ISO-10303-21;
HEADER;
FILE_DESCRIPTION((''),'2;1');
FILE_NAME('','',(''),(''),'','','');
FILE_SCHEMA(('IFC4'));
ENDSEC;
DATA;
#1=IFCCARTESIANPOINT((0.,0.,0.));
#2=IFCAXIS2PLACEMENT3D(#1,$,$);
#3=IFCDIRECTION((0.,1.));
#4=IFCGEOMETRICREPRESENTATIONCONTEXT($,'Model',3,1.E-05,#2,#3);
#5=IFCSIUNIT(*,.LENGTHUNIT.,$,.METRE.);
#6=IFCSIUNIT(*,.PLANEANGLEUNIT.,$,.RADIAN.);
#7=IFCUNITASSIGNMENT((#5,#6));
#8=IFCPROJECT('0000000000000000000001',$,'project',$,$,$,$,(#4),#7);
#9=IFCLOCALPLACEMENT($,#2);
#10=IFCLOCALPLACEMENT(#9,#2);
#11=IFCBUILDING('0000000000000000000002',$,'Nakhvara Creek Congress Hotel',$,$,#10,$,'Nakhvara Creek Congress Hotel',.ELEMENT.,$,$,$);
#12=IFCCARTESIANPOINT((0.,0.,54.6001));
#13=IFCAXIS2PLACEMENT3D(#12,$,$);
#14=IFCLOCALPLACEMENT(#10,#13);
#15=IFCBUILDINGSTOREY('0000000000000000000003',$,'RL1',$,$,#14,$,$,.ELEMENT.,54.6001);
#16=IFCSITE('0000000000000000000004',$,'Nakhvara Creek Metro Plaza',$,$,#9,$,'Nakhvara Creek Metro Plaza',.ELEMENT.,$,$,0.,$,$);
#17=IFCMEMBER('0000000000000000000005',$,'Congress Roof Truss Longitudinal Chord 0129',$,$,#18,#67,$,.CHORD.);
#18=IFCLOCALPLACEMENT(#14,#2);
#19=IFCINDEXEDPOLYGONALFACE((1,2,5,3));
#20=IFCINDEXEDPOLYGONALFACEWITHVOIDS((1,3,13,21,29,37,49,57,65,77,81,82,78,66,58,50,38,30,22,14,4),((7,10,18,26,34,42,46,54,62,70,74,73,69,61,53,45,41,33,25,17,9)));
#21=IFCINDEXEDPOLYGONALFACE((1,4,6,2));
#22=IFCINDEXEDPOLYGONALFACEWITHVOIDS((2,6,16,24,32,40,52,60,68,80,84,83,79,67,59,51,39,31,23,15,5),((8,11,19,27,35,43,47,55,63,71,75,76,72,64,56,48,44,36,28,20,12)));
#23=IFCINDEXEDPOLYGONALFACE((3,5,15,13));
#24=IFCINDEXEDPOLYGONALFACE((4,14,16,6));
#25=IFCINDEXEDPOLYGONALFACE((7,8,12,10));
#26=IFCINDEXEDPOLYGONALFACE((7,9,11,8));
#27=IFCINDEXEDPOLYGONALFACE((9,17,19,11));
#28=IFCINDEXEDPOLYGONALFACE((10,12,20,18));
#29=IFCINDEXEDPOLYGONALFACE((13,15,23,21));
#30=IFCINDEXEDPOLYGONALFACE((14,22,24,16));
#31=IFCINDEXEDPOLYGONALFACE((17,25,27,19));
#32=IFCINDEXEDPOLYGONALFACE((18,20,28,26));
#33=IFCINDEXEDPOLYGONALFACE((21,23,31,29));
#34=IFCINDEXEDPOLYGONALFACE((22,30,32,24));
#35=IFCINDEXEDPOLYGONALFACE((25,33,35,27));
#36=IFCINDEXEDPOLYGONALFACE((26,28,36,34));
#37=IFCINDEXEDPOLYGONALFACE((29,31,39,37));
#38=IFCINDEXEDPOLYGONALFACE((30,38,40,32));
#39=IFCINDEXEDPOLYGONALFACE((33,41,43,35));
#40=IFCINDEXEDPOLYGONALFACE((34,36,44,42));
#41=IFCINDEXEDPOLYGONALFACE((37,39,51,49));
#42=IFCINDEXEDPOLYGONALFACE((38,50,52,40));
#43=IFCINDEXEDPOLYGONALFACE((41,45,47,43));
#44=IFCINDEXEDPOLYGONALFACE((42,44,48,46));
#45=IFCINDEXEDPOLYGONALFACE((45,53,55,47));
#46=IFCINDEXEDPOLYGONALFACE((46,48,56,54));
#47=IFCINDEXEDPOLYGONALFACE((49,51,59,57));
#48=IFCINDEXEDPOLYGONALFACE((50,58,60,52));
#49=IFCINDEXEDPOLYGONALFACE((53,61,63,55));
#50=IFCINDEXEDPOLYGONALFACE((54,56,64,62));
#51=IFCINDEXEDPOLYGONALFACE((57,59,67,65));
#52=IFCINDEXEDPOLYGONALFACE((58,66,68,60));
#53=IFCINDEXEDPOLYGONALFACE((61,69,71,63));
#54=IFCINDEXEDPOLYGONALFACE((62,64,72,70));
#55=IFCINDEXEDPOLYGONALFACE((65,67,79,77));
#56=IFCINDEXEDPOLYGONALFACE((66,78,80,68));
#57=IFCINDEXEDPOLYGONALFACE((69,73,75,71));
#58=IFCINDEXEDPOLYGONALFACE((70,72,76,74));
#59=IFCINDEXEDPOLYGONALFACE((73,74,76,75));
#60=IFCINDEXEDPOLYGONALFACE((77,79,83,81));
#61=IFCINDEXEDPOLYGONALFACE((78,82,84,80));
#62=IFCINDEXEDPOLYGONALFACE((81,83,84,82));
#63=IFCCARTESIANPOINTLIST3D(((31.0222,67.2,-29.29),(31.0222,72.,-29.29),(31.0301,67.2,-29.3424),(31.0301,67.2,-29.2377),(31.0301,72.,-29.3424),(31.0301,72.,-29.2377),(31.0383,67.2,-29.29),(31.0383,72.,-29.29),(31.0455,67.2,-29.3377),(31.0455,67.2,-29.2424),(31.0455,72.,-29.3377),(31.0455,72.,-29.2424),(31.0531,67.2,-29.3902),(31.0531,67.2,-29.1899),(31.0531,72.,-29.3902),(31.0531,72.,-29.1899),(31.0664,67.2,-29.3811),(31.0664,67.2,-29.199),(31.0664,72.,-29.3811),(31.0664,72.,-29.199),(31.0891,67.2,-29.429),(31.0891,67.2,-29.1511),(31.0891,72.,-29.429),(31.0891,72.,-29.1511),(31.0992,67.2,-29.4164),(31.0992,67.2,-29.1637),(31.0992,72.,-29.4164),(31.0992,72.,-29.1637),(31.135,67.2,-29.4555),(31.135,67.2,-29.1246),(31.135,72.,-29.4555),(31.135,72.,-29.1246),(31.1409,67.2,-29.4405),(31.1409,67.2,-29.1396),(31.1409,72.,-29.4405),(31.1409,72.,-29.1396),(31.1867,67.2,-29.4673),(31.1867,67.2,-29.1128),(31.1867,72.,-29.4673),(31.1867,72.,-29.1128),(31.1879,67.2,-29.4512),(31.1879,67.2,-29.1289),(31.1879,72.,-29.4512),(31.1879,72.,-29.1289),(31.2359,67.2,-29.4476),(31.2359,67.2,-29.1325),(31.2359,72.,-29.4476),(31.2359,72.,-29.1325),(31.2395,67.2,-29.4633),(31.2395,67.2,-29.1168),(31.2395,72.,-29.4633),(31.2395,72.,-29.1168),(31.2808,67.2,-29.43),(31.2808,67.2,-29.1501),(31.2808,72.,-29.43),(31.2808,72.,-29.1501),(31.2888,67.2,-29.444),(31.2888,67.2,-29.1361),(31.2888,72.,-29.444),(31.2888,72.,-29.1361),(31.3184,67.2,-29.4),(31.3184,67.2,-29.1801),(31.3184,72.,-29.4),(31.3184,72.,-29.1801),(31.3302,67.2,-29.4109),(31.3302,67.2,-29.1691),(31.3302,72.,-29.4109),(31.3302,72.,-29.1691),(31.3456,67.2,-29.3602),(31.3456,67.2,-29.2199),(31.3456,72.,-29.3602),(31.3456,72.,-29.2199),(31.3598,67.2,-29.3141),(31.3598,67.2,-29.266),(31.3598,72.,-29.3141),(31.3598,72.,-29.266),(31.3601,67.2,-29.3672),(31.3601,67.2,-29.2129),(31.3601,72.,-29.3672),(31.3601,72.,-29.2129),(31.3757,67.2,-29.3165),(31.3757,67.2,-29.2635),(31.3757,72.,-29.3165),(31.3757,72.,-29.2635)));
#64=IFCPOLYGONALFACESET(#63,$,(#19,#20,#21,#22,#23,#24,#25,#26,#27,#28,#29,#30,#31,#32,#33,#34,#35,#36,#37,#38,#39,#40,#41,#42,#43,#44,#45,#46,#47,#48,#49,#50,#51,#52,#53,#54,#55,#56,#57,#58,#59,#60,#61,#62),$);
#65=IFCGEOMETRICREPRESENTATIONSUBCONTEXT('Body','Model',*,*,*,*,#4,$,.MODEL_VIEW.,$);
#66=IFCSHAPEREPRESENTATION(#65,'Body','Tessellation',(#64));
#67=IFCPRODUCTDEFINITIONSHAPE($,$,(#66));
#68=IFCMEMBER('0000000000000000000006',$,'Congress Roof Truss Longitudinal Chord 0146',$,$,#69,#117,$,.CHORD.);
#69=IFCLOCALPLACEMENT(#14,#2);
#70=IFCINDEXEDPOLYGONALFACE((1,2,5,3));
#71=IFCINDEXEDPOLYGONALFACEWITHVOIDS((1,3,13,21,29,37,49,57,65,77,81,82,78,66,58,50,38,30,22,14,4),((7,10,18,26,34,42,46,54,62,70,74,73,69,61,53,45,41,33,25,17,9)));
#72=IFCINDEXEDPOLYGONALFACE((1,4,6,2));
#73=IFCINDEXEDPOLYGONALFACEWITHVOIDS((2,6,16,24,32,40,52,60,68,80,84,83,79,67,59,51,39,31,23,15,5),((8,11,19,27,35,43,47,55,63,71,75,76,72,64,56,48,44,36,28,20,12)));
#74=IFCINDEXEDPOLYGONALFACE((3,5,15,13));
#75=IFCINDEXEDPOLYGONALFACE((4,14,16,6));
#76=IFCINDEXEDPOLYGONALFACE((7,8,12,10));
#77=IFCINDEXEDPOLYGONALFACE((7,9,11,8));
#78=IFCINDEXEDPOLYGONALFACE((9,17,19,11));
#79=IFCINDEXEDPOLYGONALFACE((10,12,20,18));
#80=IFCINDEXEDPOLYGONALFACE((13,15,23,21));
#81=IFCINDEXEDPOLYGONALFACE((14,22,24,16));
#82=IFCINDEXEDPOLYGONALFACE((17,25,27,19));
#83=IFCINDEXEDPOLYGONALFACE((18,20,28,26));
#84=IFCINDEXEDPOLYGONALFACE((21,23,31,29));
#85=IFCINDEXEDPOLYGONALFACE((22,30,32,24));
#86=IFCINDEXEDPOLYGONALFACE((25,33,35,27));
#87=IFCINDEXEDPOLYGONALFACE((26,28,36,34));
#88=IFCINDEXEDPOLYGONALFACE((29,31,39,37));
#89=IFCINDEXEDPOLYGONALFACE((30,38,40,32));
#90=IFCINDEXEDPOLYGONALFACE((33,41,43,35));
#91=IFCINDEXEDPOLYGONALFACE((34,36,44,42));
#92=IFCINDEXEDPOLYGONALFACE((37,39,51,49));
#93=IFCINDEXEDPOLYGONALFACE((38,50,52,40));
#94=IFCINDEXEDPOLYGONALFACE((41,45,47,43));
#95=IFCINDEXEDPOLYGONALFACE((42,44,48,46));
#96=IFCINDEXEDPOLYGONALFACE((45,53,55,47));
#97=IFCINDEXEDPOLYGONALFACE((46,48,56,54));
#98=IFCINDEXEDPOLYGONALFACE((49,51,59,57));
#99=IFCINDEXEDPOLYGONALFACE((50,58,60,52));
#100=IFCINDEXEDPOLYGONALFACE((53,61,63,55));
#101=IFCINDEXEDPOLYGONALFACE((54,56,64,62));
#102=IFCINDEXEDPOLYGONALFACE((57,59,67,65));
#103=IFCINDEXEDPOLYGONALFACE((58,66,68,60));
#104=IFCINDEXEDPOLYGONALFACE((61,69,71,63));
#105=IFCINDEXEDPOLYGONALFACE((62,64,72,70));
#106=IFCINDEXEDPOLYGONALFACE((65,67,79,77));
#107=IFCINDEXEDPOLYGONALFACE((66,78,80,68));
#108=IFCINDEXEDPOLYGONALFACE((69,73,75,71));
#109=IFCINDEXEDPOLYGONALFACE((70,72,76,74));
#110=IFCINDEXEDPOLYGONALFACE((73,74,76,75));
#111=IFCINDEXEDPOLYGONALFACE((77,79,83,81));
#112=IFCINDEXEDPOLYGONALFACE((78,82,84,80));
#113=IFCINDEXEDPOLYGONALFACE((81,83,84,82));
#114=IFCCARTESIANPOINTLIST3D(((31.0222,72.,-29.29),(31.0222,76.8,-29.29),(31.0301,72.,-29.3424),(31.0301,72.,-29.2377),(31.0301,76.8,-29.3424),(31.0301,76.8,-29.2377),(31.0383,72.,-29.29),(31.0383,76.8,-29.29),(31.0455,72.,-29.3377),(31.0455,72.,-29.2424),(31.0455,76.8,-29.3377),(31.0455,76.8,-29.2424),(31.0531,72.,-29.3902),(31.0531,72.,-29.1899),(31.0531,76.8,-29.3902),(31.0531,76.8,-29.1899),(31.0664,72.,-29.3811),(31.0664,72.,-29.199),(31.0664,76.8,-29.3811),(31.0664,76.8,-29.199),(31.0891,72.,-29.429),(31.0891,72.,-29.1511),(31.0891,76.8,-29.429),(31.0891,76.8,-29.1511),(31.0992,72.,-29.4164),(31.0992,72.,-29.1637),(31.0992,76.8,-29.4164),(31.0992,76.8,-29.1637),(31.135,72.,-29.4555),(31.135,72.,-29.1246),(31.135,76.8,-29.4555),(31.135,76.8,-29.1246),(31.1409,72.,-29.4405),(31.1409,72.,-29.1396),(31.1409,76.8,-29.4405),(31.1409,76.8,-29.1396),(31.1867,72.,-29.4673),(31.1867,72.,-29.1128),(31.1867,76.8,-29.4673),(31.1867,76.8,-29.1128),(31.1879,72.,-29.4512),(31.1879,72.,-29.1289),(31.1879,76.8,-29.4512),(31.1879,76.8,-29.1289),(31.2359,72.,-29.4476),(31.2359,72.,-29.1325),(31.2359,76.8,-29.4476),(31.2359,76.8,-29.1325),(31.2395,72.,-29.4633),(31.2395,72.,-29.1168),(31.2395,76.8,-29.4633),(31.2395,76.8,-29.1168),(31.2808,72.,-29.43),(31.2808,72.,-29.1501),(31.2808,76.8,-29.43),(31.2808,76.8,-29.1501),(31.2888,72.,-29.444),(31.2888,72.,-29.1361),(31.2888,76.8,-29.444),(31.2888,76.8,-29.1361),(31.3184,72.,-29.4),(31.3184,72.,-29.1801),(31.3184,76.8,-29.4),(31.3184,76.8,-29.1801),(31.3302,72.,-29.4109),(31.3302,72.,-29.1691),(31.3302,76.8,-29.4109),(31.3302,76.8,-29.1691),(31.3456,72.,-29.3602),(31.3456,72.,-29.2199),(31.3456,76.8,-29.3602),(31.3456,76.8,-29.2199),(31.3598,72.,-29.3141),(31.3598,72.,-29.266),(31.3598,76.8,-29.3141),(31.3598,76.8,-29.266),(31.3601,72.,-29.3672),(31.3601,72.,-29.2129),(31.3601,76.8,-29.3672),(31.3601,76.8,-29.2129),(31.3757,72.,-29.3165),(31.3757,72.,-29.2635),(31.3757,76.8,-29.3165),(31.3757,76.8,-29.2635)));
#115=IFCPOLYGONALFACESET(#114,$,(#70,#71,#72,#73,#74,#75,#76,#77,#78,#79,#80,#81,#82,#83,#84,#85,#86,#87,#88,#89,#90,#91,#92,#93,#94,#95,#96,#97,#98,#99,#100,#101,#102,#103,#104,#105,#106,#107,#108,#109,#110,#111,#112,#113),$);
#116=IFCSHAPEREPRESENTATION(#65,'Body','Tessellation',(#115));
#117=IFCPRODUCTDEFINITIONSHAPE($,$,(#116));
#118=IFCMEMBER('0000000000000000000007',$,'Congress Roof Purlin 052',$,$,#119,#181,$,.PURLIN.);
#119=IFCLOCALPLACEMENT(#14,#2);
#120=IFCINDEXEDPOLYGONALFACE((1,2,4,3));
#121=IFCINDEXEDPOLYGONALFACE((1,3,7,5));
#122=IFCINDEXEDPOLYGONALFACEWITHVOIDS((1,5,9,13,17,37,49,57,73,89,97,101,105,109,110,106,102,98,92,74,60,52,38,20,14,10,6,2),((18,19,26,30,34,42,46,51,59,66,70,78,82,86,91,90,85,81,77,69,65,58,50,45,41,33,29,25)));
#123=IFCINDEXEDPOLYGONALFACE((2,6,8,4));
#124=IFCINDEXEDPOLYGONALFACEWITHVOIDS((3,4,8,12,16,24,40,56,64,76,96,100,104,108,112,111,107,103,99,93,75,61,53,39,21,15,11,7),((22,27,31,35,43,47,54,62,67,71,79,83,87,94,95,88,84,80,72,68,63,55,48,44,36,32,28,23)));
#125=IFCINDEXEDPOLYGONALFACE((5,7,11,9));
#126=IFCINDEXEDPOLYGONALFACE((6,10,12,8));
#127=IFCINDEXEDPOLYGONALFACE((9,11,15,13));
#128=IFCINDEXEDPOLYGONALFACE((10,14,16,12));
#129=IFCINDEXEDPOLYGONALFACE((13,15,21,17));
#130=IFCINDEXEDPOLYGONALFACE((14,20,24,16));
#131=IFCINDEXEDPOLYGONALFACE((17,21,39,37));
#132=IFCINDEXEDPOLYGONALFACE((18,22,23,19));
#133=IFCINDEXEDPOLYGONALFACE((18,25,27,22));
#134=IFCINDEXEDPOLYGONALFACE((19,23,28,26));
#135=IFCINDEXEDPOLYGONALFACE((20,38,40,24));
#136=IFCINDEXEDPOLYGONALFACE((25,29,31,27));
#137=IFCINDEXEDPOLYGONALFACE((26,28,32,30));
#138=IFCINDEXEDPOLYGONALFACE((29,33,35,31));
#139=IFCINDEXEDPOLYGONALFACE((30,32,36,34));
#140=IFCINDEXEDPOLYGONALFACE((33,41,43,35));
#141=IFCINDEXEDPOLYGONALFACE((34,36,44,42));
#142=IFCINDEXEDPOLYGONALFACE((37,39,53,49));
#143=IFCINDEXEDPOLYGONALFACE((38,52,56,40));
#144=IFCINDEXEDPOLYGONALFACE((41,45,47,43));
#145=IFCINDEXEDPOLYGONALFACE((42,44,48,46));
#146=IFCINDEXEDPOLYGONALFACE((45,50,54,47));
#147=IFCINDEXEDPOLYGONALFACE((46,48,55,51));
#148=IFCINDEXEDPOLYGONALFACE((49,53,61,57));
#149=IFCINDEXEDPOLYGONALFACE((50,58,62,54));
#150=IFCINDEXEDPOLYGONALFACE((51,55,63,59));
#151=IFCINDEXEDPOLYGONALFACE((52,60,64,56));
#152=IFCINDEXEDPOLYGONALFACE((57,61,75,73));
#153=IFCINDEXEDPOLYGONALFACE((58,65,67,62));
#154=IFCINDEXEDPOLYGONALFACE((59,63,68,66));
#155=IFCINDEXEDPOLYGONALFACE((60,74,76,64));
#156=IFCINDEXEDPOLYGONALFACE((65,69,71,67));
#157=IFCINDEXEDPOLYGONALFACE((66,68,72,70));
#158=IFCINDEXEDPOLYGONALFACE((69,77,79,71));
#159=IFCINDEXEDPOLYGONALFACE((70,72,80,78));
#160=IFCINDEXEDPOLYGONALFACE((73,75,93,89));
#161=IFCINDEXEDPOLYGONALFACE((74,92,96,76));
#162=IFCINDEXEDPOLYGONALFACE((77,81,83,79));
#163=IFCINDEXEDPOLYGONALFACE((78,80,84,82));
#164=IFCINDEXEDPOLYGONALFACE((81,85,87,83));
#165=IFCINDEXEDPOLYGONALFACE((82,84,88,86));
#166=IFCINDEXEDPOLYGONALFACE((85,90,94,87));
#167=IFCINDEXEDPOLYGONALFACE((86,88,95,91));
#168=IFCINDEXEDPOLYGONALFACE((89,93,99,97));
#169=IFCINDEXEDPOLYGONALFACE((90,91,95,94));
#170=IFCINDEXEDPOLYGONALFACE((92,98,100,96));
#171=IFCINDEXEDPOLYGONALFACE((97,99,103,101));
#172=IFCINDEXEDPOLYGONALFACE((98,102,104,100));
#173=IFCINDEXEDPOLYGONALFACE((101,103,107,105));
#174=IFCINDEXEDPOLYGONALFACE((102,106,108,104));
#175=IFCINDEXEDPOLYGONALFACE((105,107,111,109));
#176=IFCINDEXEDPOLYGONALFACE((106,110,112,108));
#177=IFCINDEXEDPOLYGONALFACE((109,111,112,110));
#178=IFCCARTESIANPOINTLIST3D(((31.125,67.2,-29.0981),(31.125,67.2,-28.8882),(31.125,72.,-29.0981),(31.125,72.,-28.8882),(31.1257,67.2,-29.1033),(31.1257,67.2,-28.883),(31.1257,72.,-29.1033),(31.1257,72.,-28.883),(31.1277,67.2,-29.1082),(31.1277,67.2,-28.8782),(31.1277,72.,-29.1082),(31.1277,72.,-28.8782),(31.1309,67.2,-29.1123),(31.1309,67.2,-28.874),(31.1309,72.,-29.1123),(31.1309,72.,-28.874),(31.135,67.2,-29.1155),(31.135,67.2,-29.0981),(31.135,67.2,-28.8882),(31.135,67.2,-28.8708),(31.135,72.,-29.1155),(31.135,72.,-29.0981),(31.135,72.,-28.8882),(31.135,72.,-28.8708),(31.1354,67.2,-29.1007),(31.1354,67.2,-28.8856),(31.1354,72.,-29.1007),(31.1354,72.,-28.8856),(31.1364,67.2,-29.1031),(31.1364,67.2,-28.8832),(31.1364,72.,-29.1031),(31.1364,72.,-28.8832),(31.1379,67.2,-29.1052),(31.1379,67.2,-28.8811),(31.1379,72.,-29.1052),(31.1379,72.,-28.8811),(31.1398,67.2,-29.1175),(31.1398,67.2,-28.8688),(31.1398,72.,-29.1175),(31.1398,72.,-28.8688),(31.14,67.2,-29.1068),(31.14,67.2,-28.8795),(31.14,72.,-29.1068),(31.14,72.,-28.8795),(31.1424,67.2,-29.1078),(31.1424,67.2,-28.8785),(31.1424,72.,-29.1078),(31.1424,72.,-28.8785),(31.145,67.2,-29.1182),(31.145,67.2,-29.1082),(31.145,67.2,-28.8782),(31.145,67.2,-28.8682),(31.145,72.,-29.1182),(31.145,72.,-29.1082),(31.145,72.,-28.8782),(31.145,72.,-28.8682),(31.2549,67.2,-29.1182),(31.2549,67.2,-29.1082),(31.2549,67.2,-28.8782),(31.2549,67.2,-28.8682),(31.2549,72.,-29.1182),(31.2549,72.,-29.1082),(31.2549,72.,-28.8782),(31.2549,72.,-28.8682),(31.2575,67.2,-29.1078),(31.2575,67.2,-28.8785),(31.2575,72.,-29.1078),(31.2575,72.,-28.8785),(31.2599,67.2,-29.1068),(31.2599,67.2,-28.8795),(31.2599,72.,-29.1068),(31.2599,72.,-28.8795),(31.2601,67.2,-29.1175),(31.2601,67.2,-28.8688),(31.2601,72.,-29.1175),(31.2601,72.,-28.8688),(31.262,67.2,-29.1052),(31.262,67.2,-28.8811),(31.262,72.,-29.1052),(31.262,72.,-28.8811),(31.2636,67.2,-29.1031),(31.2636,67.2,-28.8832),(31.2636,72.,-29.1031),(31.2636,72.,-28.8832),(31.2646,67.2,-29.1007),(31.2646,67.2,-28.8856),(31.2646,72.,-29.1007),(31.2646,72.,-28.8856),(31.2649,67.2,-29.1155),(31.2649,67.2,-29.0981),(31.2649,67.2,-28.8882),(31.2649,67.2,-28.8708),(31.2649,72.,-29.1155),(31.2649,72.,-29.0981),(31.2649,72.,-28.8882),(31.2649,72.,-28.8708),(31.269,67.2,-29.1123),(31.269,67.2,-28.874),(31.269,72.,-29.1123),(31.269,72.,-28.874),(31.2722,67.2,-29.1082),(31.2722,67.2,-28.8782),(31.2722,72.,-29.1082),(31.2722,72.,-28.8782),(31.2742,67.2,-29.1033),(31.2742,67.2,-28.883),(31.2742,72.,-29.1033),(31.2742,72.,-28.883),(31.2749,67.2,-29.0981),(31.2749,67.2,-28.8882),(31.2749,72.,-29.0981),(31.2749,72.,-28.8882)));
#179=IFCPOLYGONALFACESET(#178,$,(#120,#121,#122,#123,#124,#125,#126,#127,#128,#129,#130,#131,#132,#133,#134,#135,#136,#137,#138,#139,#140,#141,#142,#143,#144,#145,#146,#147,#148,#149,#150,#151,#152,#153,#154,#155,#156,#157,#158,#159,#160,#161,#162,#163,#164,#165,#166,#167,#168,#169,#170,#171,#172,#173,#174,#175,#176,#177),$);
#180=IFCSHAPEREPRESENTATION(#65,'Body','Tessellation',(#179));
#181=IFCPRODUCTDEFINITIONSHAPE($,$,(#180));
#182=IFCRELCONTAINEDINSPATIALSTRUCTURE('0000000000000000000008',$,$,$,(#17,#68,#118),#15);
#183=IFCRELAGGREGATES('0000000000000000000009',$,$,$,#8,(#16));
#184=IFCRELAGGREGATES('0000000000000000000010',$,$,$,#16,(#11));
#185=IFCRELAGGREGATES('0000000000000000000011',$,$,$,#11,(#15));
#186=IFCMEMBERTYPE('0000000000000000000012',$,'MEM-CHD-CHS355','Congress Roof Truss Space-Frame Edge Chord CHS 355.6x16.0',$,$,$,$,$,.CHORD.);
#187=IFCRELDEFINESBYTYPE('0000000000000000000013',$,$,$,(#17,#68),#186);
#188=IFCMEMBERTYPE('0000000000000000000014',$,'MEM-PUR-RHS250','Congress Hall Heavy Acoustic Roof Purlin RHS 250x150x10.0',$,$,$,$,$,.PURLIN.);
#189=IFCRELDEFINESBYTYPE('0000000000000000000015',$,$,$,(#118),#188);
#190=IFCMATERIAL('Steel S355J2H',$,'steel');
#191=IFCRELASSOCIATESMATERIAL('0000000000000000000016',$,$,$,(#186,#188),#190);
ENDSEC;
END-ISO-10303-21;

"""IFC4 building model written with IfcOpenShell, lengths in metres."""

from ifc_helpers import new_model, si_unit, direction, frame, origin, origin_2d, place, context, subcontext, project, spatial, hollow_rectangle, hollow_circle, extrude, material, material_profile, profile_set, type_object, element, save


model = new_model("IFC4")

# Units and contexts
model_context = context("Model", 3, precision=1e-05, world=origin(), true_north=direction((0.0, 1.0)))
body_context = subcontext(model_context, "Body", "Model", "MODEL_VIEW")
ifc_project = project(units=[si_unit("LENGTHUNIT", "METRE"), si_unit("PLANEANGLEUNIT", "RADIAN")], contexts=[model_context])

# Site, building, storey
site_placement = place(None, origin())
site = spatial("IfcSite", under=ifc_project, at=site_placement, Name="Nakhvara Creek Metro Plaza", LongName="Nakhvara Creek Metro Plaza", CompositionType="ELEMENT", RefElevation=0.0)
building_placement = place(site_placement, origin())
building = spatial("IfcBuilding", under=site, at=building_placement, Name="Nakhvara Creek Congress Hotel", LongName="Nakhvara Creek Congress Hotel", CompositionType="ELEMENT")
storey_placement = place(building_placement, frame((0.0, 0.0, 54.6001)))
storey = spatial("IfcBuildingStorey", under=building, at=storey_placement, Name="RL1", CompositionType="ELEMENT", Elevation=54.6001)

# Members
ifc_material_1 = material(Name="Steel S355J2H", Category="steel")
ifc_material_profile_1 = material_profile(ifc_material_1, hollow_circle(Radius=0.1777, WallThickness=0.0161, at=origin_2d()), Name="CHS 355.6x16.0", Category="LoadBearing")
ifc_profile_set_1 = profile_set([ifc_material_profile_1], Name="Steel S355J2H")
member_type_1 = type_object("IfcMemberType", Name="MEM-CHD-CHS355", Description="Congress Roof Truss Space-Frame Edge Chord CHS 355.6x16.0", PredefinedType="CHORD", material=ifc_profile_set_1)
for number, where, z_axis, x_axis, name in (
    (1, (31.2, 67.2, -29.29), (0.0, 1.0, 0.0), (-1.0, 0.0, 0.0), "Congress Roof Truss Longitudinal Chord 0129"),
    (2, (31.2, 72.0, -29.29), (0.0, 1.0, 0.0), (-1.0, 0.0, 0.0), "Congress Roof Truss Longitudinal Chord 0146"),
):
    element("IfcMember", number, at=place(storey_placement, frame(where, z_axis=z_axis, x_axis=x_axis)), inside=storey, type_object=member_type_1, Name=name, PredefinedType="CHORD", context=body_context, shape_type="SweptSolid", body=[
        extrude(hollow_circle(Radius=0.1777, WallThickness=0.0161, at=origin_2d()), origin(), (0.0, 0.0, 1.0), 4.8),
    ])
ifc_material_profile_2 = material_profile(ifc_material_1, hollow_rectangle(XDim=0.1499, YDim=0.25, WallThickness=0.01, InnerFilletRadius=0.01, OuterFilletRadius=0.02, at=origin_2d()), Name="RHS 250x150x10.0", Category="LoadBearing")
ifc_profile_set_2 = profile_set([ifc_material_profile_2], Name="Steel S355J2H")
member_type_2 = type_object("IfcMemberType", Name="MEM-PUR-RHS250", Description="Congress Hall Heavy Acoustic Roof Purlin RHS 250x150x10.0", PredefinedType="PURLIN", material=ifc_profile_set_2)
for number, where, z_axis, x_axis, name in (
    (3, (31.2, 67.2, -28.9932), (0.0, 1.0, 0.0), (-1.0, 0.0, 0.0), "Congress Roof Purlin 052"),
):
    element("IfcMember", number, at=place(storey_placement, frame(where, z_axis=z_axis, x_axis=x_axis)), inside=storey, type_object=member_type_2, Name=name, PredefinedType="PURLIN", context=body_context, shape_type="SweptSolid", body=[
        extrude(hollow_rectangle(XDim=0.1499, YDim=0.25, WallThickness=0.01, InnerFilletRadius=0.01, OuterFilletRadius=0.02, at=origin_2d()), origin(), (0.0, 0.0, 1.0), 4.8),
    ])

save(model, "model.ifc")
